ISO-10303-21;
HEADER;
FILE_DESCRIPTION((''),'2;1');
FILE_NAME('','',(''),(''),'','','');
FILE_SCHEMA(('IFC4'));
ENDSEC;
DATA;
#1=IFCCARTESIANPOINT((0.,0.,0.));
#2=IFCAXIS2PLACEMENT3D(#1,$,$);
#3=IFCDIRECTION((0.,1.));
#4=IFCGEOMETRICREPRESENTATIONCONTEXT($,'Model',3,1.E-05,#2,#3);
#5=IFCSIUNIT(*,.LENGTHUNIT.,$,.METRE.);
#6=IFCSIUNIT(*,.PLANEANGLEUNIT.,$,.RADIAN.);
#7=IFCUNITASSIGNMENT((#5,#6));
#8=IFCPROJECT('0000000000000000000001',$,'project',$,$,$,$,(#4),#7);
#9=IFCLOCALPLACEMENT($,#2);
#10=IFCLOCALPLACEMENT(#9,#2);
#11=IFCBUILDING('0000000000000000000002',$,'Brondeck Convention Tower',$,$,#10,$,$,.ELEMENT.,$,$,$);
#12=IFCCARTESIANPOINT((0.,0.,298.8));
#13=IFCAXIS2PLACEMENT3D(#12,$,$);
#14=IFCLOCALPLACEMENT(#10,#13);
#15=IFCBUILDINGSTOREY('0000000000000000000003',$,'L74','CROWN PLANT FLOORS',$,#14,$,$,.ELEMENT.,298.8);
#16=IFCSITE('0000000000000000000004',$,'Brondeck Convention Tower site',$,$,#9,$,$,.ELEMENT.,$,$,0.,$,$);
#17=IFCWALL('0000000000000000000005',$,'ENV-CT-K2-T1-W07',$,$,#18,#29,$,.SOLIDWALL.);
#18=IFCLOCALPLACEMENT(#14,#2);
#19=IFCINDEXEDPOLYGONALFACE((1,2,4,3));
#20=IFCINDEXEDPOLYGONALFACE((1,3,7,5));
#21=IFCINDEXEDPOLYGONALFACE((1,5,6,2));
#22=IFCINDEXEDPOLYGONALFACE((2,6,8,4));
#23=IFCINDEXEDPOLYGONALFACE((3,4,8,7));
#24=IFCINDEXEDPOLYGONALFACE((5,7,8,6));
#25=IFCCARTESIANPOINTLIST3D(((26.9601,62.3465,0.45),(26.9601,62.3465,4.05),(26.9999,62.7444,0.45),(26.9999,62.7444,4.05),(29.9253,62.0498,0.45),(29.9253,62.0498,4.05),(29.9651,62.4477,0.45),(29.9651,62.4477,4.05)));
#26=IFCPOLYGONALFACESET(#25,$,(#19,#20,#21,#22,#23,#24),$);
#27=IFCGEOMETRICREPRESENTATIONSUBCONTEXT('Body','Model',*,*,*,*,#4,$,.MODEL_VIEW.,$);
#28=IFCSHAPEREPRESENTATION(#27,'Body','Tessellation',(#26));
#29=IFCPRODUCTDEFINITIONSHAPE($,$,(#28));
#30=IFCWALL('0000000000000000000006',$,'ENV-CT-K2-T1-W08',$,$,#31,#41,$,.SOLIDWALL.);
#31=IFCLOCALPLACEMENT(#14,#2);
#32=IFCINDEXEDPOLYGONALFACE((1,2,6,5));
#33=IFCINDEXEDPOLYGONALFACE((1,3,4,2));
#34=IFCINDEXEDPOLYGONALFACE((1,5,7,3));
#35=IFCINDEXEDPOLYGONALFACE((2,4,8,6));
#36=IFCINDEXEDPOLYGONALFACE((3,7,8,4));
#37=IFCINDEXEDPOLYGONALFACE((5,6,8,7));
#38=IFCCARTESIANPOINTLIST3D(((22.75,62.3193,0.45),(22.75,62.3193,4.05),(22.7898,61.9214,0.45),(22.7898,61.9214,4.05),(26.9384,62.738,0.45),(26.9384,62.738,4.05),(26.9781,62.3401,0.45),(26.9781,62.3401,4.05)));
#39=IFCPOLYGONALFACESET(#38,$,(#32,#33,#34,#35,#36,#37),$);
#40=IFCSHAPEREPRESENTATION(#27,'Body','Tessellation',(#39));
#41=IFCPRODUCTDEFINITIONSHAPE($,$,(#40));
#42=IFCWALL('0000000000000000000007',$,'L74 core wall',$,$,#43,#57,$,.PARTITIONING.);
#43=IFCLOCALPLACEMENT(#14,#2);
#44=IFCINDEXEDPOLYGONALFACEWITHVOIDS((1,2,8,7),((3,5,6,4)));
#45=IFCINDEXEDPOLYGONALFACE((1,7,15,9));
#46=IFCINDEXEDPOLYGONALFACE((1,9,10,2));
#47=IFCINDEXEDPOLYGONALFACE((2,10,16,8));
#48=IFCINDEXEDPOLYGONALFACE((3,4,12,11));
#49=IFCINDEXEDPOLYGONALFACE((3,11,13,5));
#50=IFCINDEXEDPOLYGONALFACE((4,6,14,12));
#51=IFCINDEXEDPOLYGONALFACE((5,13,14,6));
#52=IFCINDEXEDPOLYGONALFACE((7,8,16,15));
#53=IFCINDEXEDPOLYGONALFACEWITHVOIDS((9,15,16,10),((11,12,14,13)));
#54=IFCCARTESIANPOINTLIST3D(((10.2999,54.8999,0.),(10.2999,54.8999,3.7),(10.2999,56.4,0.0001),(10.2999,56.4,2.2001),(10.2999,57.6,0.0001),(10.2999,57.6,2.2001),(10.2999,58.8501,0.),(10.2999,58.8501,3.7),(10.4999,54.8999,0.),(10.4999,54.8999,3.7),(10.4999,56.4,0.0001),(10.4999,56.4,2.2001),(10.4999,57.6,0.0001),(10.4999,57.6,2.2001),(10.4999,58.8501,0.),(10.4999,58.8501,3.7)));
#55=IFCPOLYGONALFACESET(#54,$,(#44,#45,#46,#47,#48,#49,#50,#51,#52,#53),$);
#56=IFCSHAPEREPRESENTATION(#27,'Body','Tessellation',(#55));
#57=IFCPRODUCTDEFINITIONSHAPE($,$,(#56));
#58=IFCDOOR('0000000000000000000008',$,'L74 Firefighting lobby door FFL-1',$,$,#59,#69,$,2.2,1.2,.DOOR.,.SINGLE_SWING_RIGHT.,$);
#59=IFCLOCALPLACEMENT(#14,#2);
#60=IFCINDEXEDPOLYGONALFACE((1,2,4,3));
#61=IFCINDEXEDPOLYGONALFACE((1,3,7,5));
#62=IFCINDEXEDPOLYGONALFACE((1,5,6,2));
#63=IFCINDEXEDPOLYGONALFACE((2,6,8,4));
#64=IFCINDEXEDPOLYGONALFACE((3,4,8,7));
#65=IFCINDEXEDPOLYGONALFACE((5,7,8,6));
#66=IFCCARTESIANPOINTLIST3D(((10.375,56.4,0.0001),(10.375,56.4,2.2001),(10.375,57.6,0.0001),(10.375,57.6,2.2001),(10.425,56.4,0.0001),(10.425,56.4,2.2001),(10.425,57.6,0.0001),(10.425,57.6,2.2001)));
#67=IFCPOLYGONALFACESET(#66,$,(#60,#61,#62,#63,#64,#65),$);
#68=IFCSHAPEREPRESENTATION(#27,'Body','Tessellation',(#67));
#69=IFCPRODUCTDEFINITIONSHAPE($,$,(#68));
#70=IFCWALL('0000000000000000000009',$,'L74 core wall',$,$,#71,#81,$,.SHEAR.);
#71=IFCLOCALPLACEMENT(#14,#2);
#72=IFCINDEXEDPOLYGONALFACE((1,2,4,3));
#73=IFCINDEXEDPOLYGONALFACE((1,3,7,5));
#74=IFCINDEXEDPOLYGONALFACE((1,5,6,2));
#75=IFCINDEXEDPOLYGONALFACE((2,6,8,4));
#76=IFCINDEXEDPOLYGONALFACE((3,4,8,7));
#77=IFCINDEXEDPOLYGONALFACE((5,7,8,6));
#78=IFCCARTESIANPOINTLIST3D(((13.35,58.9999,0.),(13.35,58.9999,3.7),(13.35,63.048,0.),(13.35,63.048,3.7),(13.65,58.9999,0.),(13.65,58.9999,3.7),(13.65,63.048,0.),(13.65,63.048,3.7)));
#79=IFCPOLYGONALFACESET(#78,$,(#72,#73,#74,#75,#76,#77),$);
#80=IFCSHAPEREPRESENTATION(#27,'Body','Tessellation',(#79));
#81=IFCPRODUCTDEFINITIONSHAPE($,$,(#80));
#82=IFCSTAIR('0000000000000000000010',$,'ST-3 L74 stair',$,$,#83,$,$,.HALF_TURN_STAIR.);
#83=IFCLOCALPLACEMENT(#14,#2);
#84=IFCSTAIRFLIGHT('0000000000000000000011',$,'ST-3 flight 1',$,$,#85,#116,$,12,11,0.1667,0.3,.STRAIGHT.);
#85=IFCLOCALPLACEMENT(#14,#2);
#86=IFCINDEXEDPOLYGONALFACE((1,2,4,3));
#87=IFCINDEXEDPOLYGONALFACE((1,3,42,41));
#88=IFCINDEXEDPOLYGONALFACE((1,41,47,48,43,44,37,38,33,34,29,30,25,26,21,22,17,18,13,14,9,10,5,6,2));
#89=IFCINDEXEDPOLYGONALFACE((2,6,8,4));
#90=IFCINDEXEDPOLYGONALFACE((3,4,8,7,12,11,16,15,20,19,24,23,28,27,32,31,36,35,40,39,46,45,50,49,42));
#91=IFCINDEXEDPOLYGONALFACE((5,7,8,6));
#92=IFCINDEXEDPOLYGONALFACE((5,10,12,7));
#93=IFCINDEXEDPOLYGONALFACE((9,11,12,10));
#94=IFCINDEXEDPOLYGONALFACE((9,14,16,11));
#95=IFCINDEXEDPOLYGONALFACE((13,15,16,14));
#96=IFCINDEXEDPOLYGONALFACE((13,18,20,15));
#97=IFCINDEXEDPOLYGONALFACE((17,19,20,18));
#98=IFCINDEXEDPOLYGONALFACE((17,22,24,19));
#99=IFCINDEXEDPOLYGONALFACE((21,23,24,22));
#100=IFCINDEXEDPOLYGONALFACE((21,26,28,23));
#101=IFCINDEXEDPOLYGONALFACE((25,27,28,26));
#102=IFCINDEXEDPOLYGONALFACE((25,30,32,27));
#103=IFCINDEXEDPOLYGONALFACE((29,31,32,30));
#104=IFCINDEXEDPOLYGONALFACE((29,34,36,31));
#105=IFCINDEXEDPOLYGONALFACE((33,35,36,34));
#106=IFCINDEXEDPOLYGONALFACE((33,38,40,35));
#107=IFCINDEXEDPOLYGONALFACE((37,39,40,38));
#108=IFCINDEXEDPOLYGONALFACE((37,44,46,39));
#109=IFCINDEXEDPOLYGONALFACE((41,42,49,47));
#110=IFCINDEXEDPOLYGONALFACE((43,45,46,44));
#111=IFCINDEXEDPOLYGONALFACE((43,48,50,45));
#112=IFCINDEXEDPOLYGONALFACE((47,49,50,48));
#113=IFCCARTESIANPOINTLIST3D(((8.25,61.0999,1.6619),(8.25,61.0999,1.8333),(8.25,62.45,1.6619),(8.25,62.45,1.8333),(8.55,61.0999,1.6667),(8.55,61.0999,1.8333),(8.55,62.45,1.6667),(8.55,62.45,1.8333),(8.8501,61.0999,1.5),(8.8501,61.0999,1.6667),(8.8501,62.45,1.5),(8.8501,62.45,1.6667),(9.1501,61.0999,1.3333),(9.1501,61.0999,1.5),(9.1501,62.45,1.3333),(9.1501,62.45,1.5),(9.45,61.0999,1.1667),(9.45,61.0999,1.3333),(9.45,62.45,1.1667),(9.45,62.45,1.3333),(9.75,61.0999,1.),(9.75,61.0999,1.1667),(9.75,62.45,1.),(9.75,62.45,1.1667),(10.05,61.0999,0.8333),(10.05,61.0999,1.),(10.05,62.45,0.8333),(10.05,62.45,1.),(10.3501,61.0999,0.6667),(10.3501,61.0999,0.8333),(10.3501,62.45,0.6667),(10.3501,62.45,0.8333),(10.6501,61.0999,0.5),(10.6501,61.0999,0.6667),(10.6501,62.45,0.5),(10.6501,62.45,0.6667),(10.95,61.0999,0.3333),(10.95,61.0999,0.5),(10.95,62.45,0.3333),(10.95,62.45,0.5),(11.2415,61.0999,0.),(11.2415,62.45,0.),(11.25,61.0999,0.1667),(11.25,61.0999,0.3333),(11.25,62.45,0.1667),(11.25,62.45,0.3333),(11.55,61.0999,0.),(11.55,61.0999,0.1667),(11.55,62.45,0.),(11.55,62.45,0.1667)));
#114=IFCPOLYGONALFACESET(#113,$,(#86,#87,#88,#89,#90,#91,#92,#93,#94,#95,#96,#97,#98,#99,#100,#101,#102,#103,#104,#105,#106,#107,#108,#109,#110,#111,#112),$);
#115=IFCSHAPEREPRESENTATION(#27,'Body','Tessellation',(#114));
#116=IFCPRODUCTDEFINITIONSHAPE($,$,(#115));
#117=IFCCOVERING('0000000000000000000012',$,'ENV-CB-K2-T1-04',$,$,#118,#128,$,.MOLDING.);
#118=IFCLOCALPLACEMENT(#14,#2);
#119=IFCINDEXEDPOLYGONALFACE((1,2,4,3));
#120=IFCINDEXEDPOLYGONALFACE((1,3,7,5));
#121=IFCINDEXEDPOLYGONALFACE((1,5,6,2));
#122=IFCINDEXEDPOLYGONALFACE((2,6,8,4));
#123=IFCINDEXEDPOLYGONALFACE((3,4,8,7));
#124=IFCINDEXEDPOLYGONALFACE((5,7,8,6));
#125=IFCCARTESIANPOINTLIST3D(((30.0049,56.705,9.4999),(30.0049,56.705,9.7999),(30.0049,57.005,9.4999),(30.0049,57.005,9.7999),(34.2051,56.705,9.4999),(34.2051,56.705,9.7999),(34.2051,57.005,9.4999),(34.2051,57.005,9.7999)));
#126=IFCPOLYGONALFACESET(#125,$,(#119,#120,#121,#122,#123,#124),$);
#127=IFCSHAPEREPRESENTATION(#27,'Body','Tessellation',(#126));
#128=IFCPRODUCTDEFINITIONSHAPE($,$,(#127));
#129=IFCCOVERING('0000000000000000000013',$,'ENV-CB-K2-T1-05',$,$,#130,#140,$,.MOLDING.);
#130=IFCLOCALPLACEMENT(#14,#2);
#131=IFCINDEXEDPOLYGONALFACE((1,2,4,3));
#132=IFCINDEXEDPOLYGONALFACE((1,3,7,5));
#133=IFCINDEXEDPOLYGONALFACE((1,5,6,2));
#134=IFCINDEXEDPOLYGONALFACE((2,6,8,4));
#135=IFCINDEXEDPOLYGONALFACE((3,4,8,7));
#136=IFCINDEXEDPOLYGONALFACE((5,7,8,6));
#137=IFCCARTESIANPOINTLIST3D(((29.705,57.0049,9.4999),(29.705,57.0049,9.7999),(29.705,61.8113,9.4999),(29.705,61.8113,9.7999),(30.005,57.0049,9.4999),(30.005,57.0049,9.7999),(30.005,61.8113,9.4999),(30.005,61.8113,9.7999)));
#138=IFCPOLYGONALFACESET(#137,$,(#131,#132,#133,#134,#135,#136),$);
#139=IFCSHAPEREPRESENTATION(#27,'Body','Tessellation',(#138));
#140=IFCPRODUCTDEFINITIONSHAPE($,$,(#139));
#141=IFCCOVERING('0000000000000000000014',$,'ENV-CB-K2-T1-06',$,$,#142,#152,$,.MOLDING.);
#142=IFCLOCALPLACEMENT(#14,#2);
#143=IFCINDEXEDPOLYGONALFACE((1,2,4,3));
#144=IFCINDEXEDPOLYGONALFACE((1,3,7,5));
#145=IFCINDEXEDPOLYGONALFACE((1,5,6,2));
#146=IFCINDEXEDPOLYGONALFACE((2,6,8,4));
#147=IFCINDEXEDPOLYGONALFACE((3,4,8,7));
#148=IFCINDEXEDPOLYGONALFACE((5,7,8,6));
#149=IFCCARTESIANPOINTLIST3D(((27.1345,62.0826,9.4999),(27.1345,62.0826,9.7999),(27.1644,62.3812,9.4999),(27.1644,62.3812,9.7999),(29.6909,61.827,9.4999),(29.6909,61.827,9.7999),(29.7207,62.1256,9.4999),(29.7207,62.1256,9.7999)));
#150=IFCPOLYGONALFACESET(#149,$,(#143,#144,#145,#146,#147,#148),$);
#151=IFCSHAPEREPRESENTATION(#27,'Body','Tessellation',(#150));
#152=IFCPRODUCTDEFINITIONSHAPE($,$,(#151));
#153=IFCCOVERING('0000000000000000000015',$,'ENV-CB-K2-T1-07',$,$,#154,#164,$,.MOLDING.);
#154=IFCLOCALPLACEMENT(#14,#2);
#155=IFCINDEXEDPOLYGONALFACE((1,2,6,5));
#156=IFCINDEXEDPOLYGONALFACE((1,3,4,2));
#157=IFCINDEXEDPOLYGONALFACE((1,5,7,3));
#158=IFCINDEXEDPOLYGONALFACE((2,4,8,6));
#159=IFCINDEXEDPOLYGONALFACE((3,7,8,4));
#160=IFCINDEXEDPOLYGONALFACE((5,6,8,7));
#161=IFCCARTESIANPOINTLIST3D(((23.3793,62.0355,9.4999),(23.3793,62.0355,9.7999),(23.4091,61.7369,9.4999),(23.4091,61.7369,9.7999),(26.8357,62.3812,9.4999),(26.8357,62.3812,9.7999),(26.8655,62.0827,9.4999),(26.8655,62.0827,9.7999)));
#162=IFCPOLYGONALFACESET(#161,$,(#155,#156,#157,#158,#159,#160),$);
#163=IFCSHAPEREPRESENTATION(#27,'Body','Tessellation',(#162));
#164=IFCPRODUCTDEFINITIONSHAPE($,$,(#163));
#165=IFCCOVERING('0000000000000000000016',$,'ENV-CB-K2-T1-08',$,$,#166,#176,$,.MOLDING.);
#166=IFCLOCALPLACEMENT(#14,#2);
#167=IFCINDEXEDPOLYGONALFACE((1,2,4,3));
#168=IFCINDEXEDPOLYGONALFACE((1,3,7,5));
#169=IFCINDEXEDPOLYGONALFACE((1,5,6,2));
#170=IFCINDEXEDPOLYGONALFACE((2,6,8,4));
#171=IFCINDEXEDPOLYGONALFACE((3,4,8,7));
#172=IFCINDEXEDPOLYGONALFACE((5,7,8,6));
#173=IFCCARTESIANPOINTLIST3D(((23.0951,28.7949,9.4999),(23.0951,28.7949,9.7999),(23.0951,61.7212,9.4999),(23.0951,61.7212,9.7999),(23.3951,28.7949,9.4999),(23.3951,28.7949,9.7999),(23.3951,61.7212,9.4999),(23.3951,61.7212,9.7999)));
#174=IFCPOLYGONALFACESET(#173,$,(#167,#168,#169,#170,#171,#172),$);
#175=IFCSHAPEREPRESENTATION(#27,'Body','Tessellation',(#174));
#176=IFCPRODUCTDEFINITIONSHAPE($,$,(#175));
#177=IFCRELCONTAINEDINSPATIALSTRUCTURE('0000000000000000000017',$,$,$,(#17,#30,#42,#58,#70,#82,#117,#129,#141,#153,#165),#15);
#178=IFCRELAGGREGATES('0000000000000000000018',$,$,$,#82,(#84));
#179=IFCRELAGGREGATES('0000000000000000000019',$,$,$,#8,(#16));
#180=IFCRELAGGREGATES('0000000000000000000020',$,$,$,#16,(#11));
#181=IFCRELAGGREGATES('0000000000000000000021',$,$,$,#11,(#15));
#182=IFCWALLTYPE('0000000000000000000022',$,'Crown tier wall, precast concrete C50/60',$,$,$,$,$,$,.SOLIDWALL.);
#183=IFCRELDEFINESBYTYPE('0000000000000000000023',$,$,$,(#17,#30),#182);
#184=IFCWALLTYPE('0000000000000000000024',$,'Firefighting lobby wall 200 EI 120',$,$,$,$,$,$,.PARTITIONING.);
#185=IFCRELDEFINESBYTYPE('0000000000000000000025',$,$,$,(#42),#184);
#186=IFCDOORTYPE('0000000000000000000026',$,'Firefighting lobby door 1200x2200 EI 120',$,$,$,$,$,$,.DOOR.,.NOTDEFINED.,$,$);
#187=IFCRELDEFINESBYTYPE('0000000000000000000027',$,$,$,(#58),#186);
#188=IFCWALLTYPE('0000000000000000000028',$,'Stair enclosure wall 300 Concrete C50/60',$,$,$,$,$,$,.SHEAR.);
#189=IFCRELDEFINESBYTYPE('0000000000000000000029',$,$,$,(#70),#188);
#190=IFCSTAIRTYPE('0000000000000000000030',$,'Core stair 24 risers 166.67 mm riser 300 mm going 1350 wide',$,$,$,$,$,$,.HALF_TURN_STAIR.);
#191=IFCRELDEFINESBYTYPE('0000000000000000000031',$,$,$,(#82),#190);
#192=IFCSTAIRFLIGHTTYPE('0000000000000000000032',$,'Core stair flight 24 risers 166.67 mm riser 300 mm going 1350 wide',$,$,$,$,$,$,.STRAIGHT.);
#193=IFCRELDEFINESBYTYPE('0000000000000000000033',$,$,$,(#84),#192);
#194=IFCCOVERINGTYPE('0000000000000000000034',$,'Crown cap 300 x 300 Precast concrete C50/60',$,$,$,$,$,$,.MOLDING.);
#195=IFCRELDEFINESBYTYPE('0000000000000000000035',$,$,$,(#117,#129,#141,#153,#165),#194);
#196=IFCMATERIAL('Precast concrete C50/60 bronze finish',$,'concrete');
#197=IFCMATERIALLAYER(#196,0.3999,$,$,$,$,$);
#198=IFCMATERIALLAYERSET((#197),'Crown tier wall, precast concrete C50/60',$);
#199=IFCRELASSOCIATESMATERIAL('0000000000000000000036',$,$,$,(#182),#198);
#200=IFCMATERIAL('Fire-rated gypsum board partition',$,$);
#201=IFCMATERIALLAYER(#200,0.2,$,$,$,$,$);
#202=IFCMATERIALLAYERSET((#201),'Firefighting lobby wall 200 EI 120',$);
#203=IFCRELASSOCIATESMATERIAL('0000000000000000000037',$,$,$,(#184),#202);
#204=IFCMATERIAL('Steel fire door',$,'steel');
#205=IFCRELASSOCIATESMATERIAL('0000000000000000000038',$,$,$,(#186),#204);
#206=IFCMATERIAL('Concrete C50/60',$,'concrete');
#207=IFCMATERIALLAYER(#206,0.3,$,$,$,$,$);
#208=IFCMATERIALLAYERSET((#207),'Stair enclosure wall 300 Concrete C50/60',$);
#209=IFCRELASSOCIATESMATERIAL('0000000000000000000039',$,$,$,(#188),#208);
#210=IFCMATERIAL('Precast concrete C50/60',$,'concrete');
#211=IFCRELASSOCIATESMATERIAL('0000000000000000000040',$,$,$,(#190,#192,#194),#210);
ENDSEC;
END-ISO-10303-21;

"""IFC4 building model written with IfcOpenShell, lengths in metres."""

from ifc_helpers import new_model, si_unit, direction, frame, frame_2d, origin, origin_2d, place, context, subcontext, project, spatial, polyline, rectangle, outline, extrude, material, layer, layer_set, material_profile, profile_set, type_object, element, fill, aggregate, save


model = new_model("IFC4")

# Units and contexts
model_context = context("Model", 3, precision=1e-05, world=origin(), true_north=direction((0.0, 1.0)))
body_context = subcontext(model_context, "Body", "Model", "MODEL_VIEW")
ifc_project = project(units=[si_unit("LENGTHUNIT", "METRE"), si_unit("PLANEANGLEUNIT", "RADIAN")], contexts=[model_context])

# Site, building, storey
site_placement = place(None, origin())
site = spatial("IfcSite", under=ifc_project, at=site_placement, Name="Brondeck Convention Tower site", CompositionType="ELEMENT", RefElevation=0.0)
building_placement = place(site_placement, origin())
building = spatial("IfcBuilding", under=site, at=building_placement, Name="Brondeck Convention Tower", CompositionType="ELEMENT")
storey_placement = place(building_placement, frame((0.0, 0.0, 298.8)))
storey = spatial("IfcBuildingStorey", under=building, at=storey_placement, Name="L74", Description="CROWN PLANT FLOORS", CompositionType="ELEMENT", Elevation=298.8)

# Shared definitions
ifc_material_1 = material(Name="Concrete C50/60", Category="concrete")

# Shared definitions
ifc_material_2 = material(Name="Fire-rated gypsum board partition")

# Shared definitions
ifc_material_3 = material(Name="Precast concrete C50/60 bronze finish", Category="concrete")
ifc_layer_1 = layer(ifc_material_3, 0.3999)
ifc_layer_set_1 = layer_set([ifc_layer_1], Name="Crown tier wall, precast concrete C50/60")
wall_type_1 = type_object("IfcWallType", Name="Crown tier wall, precast concrete C50/60", PredefinedType="SOLIDWALL", material=ifc_layer_set_1)

# Walls
wall_1_placement = place(storey_placement, frame((26.98, 62.5454, 0.45), z_axis=(0.0, 0.0, 1.0), x_axis=(0.995033, -0.099544, 0.0)))
element("IfcWall", 1, at=wall_1_placement, inside=storey, type_object=wall_type_1, Name="ENV-CT-K2-T1-W07", PredefinedType="SOLIDWALL", context=body_context, shape_type="SweptSolid", body=[
    extrude(rectangle(XDim=2.98, YDim=0.3999, at=frame_2d((1.49, 0.0))), origin(), (0.0, 0.0, 1.0), 3.6001),
])
wall_2_placement = place(storey_placement, frame((22.77, 62.1204, 0.45), z_axis=(0.0, 0.0, 1.0), x_axis=(0.99504, 0.099475, 0.0)))
element("IfcWall", 2, at=wall_2_placement, inside=storey, type_object=wall_type_1, Name="ENV-CT-K2-T1-W08", PredefinedType="SOLIDWALL", context=body_context, shape_type="SweptSolid", body=[
    extrude(rectangle(XDim=4.2092, YDim=0.3999, at=frame_2d((2.1045, 0.0))), origin(), (0.0, 0.0, 1.0), 3.6001),
])

# Wall, opening, door
ifc_layer_2 = layer(ifc_material_2, 0.2)
ifc_layer_set_2 = layer_set([ifc_layer_2], Name="Firefighting lobby wall 200 EI 120")
wall_type_2 = type_object("IfcWallType", Name="Firefighting lobby wall 200 EI 120", PredefinedType="PARTITIONING", material=ifc_layer_set_2)
wall_3_placement = place(storey_placement, frame((10.3999, 54.8999, 0.0), z_axis=(0.0, 0.0, 1.0), x_axis=(0.0, 1.0, 0.0)))
wall_3 = element("IfcWall", 3, at=wall_3_placement, inside=storey, type_object=wall_type_2, Name="L74 core wall", PredefinedType="PARTITIONING", context=body_context, shape_type="SweptSolid", body=[
    extrude(rectangle(XDim=3.9502, YDim=0.2, at=frame_2d((1.9751, 0.0))), origin(), (0.0, 0.0, 1.0), 3.7),
])
opening_1_placement = place(wall_3_placement, frame((1.5, 0.0, 0.0)))
opening_1 = element("IfcOpeningElement", 4, at=opening_1_placement, cuts=wall_3, PredefinedType="OPENING", context=body_context, shape_type="SweptSolid", body=[
    extrude(rectangle(XDim=1.2, YDim=2.2, at=frame_2d((0.6001, 1.1001))), frame((0.0, 0.1099, 0.0), z_axis=(0.0, -1.0, 0.0), x_axis=(1.0, 0.0, 0.0)), (0.0, 0.0, 1.0), 0.22),
])
ifc_material_4 = material(Name="Steel fire door", Category="steel")
door_type = type_object("IfcDoorType", Name="Firefighting lobby door 1200x2200 EI 120", OperationType="NOTDEFINED", PredefinedType="DOOR", material=ifc_material_4)
door_placement = place(opening_1_placement, origin())
door = element("IfcDoor", 5, at=door_placement, inside=storey, type_object=door_type, Name="L74 Firefighting lobby door FFL-1", OperationType="SINGLE_SWING_RIGHT", OverallHeight=2.2, OverallWidth=1.2, PredefinedType="DOOR", context=body_context, shape_type="SweptSolid", body=[
    extrude(rectangle(XDim=1.2, YDim=2.2, at=frame_2d((0.6001, 1.1001))), frame((0.0, 0.0249, 0.0), z_axis=(0.0, -1.0, 0.0), x_axis=(1.0, 0.0, 0.0)), (0.0, 0.0, 1.0), 0.05),
])
fill(opening_1, door)

# Wall
ifc_layer_3 = layer(ifc_material_1, 0.3)
ifc_layer_set_3 = layer_set([ifc_layer_3], Name="Stair enclosure wall 300 Concrete C50/60")
wall_type_3 = type_object("IfcWallType", Name="Stair enclosure wall 300 Concrete C50/60", PredefinedType="SHEAR", material=ifc_layer_set_3)
wall_4_placement = place(storey_placement, frame((13.5, 59.0, 0.0), z_axis=(0.0, 0.0, 1.0), x_axis=(0.0, 1.0, 0.0)))
element("IfcWall", 6, at=wall_4_placement, inside=storey, type_object=wall_type_3, Name="L74 core wall", PredefinedType="SHEAR", context=body_context, shape_type="SweptSolid", body=[
    extrude(rectangle(XDim=4.0481, YDim=0.3, at=frame_2d((2.0239, 0.0))), origin(), (0.0, 0.0, 1.0), 3.7),
])

# Stair, stair flight
ifc_material_5 = material(Name="Precast concrete C50/60", Category="concrete")
stair_type = type_object("IfcStairType", Name="Core stair 24 risers 166.67 mm riser 300 mm going 1350 wide", PredefinedType="HALF_TURN_STAIR", material=ifc_material_5)
stair_placement = place(storey_placement, origin())
stair = element("IfcStair", 7, at=stair_placement, inside=storey, type_object=stair_type, Name="ST-3 L74 stair", PredefinedType="HALF_TURN_STAIR")
stair_flight_type = type_object("IfcStairFlightType", Name="Core stair flight 24 risers 166.67 mm riser 300 mm going 1350 wide", PredefinedType="STRAIGHT", material=ifc_material_5)
stair_flight_placement = place(storey_placement, frame((11.55, 61.7749, 0.0), z_axis=(0.0, 0.0, 1.0), x_axis=(-1.0, 0.0, 0.0)))
stair_flight = element("IfcStairFlight", 8, at=stair_flight_placement, type_object=stair_flight_type, Name="ST-3 flight 1", NumberOfRisers=12, NumberOfTreads=11, PredefinedType="STRAIGHT", RiserHeight=0.1667, TreadLength=0.3, context=body_context, shape_type="SweptSolid", body=[
    extrude(outline(polyline([(0.0, 0.0), (0.0, 0.1667), (0.3, 0.1667), (0.3, 0.3333), (0.6001, 0.3333), (0.6001, 0.5), (0.8999, 0.5), (0.8999, 0.6667), (1.2, 0.6667), (1.2, 0.8333), (1.5, 0.8333), (1.5, 1.0), (1.8, 1.0), (1.8, 1.1667), (2.1001, 1.1667), (2.1001, 1.3333), (2.3999, 1.3333), (2.3999, 1.5), (2.7, 1.5), (2.7, 1.6667), (3.0, 1.6667), (3.0, 1.8333), (3.3, 1.8333), (3.3, 2.0), (3.3, 1.6619), (0.3086, 0.0), (0.0, 0.0)])), frame((0.0, 0.675, 0.0), z_axis=(0.0, -1.0, 0.0), x_axis=(1.0, 0.0, 0.0)), (0.0, 0.0, 1.0), 1.3501),
])
aggregate(stair, [stair_flight])

# Coverings
ifc_material_profile_1 = material_profile(ifc_material_5, rectangle(XDim=0.3, YDim=0.3, at=origin_2d()), Name="Crown cap 300 x 300 Precast concrete C50/60")
ifc_profile_set_1 = profile_set([ifc_material_profile_1], Name="Precast concrete C50/60")
covering_type_1 = type_object("IfcCoveringType", Name="Crown cap 300 x 300 Precast concrete C50/60", PredefinedType="MOLDING", material=ifc_profile_set_1)
covering_1_placement = place(storey_placement, frame((34.2051, 56.855, 9.6499), z_axis=(-1.0, 0.0, 0.0), x_axis=(0.0, -1.0, 0.0)))
element("IfcCovering", 9, at=covering_1_placement, inside=storey, type_object=covering_type_1, Name="ENV-CB-K2-T1-04", PredefinedType="MOLDING", context=body_context, shape_type="SweptSolid", body=[
    extrude(rectangle(XDim=0.3, YDim=0.3, at=origin_2d()), origin(), (0.0, 0.0, 1.0), 4.2002),
])
covering_2_placement = place(storey_placement, frame((29.855, 57.0049, 9.6499), z_axis=(0.0, 1.0, 0.0), x_axis=(-1.0, 0.0, 0.0)))
element("IfcCovering", 10, at=covering_2_placement, inside=storey, type_object=covering_type_1, Name="ENV-CB-K2-T1-05", PredefinedType="MOLDING", context=body_context, shape_type="SweptSolid", body=[
    extrude(rectangle(XDim=0.3, YDim=0.3, at=origin_2d()), origin(), (0.0, 0.0, 1.0), 4.8064),
])
covering_3_placement = place(storey_placement, frame((29.7058, 61.9763, 9.6499), z_axis=(-0.995038, 0.099494, 0.0), x_axis=(-0.099494, -0.995038, 0.0)))
element("IfcCovering", 11, at=covering_3_placement, inside=storey, type_object=covering_type_1, Name="ENV-CB-K2-T1-06", PredefinedType="MOLDING", context=body_context, shape_type="SweptSolid", body=[
    extrude(rectangle(XDim=0.3, YDim=0.3, at=origin_2d()), origin(), (0.0, 0.0, 1.0), 2.5691),
])
covering_4_placement = place(storey_placement, frame((26.8506, 62.2319, 9.6499), z_axis=(-0.995035, -0.099525, 0.0), x_axis=(0.099525, -0.995035, 0.0)))
element("IfcCovering", 12, at=covering_4_placement, inside=storey, type_object=covering_type_1, Name="ENV-CB-K2-T1-07", PredefinedType="MOLDING", context=body_context, shape_type="SweptSolid", body=[
    extrude(rectangle(XDim=0.3, YDim=0.3, at=origin_2d()), origin(), (0.0, 0.0, 1.0), 3.4736),
])
covering_5_placement = place(storey_placement, frame((23.2451, 61.7212, 9.6499), z_axis=(0.0, -1.0, 0.0), x_axis=(1.0, 0.0, 0.0)))
element("IfcCovering", 13, at=covering_5_placement, inside=storey, type_object=covering_type_1, Name="ENV-CB-K2-T1-08", PredefinedType="MOLDING", context=body_context, shape_type="SweptSolid", body=[
    extrude(rectangle(XDim=0.3, YDim=0.3, at=origin_2d()), origin(), (0.0, 0.0, 1.0), 32.9263),
])

save(model, "model.ifc")
